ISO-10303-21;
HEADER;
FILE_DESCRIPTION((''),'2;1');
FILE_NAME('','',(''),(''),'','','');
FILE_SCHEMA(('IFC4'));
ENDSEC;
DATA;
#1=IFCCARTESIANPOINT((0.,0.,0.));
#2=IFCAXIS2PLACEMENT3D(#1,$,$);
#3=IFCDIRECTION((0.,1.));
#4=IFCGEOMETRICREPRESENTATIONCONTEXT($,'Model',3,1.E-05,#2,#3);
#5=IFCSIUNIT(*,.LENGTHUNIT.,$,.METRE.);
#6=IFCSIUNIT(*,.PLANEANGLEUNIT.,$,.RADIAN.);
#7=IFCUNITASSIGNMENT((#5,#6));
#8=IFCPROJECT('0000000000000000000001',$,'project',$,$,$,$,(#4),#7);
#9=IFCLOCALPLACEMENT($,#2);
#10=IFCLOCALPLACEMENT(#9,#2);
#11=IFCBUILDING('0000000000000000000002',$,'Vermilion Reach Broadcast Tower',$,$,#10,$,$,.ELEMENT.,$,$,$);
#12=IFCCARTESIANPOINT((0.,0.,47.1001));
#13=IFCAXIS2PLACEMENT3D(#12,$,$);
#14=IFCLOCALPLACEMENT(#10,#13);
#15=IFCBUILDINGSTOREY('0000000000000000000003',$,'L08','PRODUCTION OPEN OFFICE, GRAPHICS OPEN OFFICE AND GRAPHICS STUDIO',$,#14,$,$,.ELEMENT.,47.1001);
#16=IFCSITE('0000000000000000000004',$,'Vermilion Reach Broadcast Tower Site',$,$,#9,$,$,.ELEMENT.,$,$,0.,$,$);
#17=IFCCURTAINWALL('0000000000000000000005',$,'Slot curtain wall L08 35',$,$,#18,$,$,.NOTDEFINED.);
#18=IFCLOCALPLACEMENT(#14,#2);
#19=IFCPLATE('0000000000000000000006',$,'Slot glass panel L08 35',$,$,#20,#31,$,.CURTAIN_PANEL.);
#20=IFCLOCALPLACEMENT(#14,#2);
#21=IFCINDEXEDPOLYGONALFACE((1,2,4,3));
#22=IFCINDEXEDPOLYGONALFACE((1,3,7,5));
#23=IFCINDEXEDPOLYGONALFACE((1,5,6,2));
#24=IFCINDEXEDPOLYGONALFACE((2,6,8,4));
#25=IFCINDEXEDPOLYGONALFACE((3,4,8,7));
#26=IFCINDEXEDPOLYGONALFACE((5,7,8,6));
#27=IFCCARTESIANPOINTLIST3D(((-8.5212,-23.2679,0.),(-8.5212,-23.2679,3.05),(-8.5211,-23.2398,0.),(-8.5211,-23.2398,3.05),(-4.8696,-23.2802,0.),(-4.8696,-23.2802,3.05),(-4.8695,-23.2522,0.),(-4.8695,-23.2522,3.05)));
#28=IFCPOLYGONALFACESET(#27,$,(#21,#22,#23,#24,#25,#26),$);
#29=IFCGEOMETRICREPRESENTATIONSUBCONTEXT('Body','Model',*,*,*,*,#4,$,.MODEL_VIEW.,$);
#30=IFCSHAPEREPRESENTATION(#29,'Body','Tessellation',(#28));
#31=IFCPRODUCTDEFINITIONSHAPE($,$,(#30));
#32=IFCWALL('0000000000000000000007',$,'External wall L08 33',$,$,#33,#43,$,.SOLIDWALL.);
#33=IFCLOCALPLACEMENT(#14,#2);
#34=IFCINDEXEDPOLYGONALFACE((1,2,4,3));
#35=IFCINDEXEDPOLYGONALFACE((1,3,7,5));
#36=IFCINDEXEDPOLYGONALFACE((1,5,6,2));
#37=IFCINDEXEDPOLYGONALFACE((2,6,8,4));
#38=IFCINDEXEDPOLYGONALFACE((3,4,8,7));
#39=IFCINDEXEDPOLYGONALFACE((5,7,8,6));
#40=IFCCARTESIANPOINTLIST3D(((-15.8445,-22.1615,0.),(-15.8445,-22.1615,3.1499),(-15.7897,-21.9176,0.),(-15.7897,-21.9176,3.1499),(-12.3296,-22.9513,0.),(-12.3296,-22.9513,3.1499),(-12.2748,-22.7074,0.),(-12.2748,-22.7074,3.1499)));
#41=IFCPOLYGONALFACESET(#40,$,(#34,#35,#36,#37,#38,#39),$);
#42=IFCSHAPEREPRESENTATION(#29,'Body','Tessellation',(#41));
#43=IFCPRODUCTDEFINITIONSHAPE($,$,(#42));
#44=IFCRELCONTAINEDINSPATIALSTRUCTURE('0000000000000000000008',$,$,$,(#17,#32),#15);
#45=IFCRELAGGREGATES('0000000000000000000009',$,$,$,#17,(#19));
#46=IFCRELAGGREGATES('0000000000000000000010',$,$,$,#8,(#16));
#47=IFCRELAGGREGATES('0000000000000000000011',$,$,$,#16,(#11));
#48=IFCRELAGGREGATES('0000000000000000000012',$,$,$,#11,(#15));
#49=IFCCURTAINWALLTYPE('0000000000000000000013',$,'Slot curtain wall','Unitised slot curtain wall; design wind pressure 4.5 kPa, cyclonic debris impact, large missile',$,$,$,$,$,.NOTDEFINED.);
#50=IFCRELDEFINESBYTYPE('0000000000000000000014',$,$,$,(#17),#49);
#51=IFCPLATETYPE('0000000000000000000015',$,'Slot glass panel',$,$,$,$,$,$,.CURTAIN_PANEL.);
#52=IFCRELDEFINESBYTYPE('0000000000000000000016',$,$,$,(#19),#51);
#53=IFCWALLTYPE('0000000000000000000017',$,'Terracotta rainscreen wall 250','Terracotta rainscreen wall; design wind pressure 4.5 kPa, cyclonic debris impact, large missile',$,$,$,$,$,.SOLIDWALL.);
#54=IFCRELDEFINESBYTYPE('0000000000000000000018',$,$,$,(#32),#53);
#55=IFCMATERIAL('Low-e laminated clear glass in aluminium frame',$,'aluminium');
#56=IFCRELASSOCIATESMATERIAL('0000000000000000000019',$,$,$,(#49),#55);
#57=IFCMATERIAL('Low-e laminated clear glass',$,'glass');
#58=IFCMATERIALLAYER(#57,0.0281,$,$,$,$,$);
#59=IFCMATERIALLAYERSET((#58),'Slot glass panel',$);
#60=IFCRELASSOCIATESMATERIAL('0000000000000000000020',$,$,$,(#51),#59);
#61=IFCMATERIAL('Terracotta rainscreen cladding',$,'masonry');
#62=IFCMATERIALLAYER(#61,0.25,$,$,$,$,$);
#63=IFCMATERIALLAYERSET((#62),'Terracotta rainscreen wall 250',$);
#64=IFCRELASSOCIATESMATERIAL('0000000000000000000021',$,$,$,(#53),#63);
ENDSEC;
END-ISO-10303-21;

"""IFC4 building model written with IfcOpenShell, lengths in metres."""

from ifc_helpers import new_model, si_unit, direction, frame, frame_2d, origin, origin_2d, place, context, subcontext, project, spatial, rectangle, extrude, material, layer, layer_set, type_object, element, aggregate, save


model = new_model("IFC4")

# Units and contexts
model_context = context("Model", 3, precision=1e-05, world=origin(), true_north=direction((0.0, 1.0)))
body_context = subcontext(model_context, "Body", "Model", "MODEL_VIEW")
ifc_project = project(units=[si_unit("LENGTHUNIT", "METRE"), si_unit("PLANEANGLEUNIT", "RADIAN")], contexts=[model_context])

# Site, building, storey
site_placement = place(None, origin())
site = spatial("IfcSite", under=ifc_project, at=site_placement, Name="Vermilion Reach Broadcast Tower Site", CompositionType="ELEMENT", RefElevation=0.0)
building_placement = place(site_placement, origin())
building = spatial("IfcBuilding", under=site, at=building_placement, Name="Vermilion Reach Broadcast Tower", CompositionType="ELEMENT")
storey_placement = place(building_placement, frame((0.0, 0.0, 47.1001)))
storey = spatial("IfcBuildingStorey", under=building, at=storey_placement, Name="L08", Description="PRODUCTION OPEN OFFICE, GRAPHICS OPEN OFFICE AND GRAPHICS STUDIO", CompositionType="ELEMENT", Elevation=47.1001)

# Curtain wall
ifc_material_1 = material(Name="Low-e laminated clear glass in aluminium frame", Category="aluminium")
curtain_wall_type = type_object("IfcCurtainWallType", Name="Slot curtain wall", Description="Unitised slot curtain wall; design wind pressure 4.5 kPa, cyclonic debris impact, large missile", PredefinedType="NOTDEFINED", material=ifc_material_1)
placement = place(storey_placement, origin())
curtain_wall_1 = element("IfcCurtainWall", 1, at=placement, inside=storey, type_object=curtain_wall_type, Name="Slot curtain wall L08 35", PredefinedType="NOTDEFINED")

# Plate
ifc_material_2 = material(Name="Low-e laminated clear glass", Category="glass")
ifc_layer_1 = layer(ifc_material_2, 0.0281)
ifc_layer_set_1 = layer_set([ifc_layer_1], Name="Slot glass panel")
plate_type = type_object("IfcPlateType", Name="Slot glass panel", PredefinedType="CURTAIN_PANEL", material=ifc_layer_set_1)
plate_1_placement = place(storey_placement, frame((-6.6953, -23.26, 0.0), z_axis=(0.0, 0.0, 1.0), x_axis=(0.999994, -0.003392, 0.0)))
plate_1 = element("IfcPlate", 2, at=plate_1_placement, type_object=plate_type, Name="Slot glass panel L08 35", PredefinedType="CURTAIN_PANEL", context=body_context, shape_type="SweptSolid", body=[
    extrude(rectangle(XDim=3.6516, YDim=0.0281, at=origin_2d()), origin(), (0.0, 0.0, 1.0), 3.05),
])
aggregate(curtain_wall_1, [plate_1])

# Wall
ifc_material_3 = material(Name="Terracotta rainscreen cladding", Category="masonry")
ifc_layer_2 = layer(ifc_material_3, 0.25)
ifc_layer_set_2 = layer_set([ifc_layer_2], Name="Terracotta rainscreen wall 250")
wall_type = type_object("IfcWallType", Name="Terracotta rainscreen wall 250", Description="Terracotta rainscreen wall; design wind pressure 4.5 kPa, cyclonic debris impact, large missile", PredefinedType="SOLIDWALL", material=ifc_layer_set_2)
wall_placement = place(storey_placement, frame((-15.8171, -22.0396, 0.0), z_axis=(0.0, 0.0, 1.0), x_axis=(0.975672, -0.219233, 0.0)))
element("IfcWall", 3, at=wall_placement, inside=storey, type_object=wall_type, Name="External wall L08 33", PredefinedType="SOLIDWALL", context=body_context, shape_type="SweptSolid", body=[
    extrude(rectangle(XDim=3.6025, YDim=0.25, at=frame_2d((1.8013, 0.0))), origin(), (0.0, 0.0, 1.0), 3.1499),
])

save(model, "model.ifc")
